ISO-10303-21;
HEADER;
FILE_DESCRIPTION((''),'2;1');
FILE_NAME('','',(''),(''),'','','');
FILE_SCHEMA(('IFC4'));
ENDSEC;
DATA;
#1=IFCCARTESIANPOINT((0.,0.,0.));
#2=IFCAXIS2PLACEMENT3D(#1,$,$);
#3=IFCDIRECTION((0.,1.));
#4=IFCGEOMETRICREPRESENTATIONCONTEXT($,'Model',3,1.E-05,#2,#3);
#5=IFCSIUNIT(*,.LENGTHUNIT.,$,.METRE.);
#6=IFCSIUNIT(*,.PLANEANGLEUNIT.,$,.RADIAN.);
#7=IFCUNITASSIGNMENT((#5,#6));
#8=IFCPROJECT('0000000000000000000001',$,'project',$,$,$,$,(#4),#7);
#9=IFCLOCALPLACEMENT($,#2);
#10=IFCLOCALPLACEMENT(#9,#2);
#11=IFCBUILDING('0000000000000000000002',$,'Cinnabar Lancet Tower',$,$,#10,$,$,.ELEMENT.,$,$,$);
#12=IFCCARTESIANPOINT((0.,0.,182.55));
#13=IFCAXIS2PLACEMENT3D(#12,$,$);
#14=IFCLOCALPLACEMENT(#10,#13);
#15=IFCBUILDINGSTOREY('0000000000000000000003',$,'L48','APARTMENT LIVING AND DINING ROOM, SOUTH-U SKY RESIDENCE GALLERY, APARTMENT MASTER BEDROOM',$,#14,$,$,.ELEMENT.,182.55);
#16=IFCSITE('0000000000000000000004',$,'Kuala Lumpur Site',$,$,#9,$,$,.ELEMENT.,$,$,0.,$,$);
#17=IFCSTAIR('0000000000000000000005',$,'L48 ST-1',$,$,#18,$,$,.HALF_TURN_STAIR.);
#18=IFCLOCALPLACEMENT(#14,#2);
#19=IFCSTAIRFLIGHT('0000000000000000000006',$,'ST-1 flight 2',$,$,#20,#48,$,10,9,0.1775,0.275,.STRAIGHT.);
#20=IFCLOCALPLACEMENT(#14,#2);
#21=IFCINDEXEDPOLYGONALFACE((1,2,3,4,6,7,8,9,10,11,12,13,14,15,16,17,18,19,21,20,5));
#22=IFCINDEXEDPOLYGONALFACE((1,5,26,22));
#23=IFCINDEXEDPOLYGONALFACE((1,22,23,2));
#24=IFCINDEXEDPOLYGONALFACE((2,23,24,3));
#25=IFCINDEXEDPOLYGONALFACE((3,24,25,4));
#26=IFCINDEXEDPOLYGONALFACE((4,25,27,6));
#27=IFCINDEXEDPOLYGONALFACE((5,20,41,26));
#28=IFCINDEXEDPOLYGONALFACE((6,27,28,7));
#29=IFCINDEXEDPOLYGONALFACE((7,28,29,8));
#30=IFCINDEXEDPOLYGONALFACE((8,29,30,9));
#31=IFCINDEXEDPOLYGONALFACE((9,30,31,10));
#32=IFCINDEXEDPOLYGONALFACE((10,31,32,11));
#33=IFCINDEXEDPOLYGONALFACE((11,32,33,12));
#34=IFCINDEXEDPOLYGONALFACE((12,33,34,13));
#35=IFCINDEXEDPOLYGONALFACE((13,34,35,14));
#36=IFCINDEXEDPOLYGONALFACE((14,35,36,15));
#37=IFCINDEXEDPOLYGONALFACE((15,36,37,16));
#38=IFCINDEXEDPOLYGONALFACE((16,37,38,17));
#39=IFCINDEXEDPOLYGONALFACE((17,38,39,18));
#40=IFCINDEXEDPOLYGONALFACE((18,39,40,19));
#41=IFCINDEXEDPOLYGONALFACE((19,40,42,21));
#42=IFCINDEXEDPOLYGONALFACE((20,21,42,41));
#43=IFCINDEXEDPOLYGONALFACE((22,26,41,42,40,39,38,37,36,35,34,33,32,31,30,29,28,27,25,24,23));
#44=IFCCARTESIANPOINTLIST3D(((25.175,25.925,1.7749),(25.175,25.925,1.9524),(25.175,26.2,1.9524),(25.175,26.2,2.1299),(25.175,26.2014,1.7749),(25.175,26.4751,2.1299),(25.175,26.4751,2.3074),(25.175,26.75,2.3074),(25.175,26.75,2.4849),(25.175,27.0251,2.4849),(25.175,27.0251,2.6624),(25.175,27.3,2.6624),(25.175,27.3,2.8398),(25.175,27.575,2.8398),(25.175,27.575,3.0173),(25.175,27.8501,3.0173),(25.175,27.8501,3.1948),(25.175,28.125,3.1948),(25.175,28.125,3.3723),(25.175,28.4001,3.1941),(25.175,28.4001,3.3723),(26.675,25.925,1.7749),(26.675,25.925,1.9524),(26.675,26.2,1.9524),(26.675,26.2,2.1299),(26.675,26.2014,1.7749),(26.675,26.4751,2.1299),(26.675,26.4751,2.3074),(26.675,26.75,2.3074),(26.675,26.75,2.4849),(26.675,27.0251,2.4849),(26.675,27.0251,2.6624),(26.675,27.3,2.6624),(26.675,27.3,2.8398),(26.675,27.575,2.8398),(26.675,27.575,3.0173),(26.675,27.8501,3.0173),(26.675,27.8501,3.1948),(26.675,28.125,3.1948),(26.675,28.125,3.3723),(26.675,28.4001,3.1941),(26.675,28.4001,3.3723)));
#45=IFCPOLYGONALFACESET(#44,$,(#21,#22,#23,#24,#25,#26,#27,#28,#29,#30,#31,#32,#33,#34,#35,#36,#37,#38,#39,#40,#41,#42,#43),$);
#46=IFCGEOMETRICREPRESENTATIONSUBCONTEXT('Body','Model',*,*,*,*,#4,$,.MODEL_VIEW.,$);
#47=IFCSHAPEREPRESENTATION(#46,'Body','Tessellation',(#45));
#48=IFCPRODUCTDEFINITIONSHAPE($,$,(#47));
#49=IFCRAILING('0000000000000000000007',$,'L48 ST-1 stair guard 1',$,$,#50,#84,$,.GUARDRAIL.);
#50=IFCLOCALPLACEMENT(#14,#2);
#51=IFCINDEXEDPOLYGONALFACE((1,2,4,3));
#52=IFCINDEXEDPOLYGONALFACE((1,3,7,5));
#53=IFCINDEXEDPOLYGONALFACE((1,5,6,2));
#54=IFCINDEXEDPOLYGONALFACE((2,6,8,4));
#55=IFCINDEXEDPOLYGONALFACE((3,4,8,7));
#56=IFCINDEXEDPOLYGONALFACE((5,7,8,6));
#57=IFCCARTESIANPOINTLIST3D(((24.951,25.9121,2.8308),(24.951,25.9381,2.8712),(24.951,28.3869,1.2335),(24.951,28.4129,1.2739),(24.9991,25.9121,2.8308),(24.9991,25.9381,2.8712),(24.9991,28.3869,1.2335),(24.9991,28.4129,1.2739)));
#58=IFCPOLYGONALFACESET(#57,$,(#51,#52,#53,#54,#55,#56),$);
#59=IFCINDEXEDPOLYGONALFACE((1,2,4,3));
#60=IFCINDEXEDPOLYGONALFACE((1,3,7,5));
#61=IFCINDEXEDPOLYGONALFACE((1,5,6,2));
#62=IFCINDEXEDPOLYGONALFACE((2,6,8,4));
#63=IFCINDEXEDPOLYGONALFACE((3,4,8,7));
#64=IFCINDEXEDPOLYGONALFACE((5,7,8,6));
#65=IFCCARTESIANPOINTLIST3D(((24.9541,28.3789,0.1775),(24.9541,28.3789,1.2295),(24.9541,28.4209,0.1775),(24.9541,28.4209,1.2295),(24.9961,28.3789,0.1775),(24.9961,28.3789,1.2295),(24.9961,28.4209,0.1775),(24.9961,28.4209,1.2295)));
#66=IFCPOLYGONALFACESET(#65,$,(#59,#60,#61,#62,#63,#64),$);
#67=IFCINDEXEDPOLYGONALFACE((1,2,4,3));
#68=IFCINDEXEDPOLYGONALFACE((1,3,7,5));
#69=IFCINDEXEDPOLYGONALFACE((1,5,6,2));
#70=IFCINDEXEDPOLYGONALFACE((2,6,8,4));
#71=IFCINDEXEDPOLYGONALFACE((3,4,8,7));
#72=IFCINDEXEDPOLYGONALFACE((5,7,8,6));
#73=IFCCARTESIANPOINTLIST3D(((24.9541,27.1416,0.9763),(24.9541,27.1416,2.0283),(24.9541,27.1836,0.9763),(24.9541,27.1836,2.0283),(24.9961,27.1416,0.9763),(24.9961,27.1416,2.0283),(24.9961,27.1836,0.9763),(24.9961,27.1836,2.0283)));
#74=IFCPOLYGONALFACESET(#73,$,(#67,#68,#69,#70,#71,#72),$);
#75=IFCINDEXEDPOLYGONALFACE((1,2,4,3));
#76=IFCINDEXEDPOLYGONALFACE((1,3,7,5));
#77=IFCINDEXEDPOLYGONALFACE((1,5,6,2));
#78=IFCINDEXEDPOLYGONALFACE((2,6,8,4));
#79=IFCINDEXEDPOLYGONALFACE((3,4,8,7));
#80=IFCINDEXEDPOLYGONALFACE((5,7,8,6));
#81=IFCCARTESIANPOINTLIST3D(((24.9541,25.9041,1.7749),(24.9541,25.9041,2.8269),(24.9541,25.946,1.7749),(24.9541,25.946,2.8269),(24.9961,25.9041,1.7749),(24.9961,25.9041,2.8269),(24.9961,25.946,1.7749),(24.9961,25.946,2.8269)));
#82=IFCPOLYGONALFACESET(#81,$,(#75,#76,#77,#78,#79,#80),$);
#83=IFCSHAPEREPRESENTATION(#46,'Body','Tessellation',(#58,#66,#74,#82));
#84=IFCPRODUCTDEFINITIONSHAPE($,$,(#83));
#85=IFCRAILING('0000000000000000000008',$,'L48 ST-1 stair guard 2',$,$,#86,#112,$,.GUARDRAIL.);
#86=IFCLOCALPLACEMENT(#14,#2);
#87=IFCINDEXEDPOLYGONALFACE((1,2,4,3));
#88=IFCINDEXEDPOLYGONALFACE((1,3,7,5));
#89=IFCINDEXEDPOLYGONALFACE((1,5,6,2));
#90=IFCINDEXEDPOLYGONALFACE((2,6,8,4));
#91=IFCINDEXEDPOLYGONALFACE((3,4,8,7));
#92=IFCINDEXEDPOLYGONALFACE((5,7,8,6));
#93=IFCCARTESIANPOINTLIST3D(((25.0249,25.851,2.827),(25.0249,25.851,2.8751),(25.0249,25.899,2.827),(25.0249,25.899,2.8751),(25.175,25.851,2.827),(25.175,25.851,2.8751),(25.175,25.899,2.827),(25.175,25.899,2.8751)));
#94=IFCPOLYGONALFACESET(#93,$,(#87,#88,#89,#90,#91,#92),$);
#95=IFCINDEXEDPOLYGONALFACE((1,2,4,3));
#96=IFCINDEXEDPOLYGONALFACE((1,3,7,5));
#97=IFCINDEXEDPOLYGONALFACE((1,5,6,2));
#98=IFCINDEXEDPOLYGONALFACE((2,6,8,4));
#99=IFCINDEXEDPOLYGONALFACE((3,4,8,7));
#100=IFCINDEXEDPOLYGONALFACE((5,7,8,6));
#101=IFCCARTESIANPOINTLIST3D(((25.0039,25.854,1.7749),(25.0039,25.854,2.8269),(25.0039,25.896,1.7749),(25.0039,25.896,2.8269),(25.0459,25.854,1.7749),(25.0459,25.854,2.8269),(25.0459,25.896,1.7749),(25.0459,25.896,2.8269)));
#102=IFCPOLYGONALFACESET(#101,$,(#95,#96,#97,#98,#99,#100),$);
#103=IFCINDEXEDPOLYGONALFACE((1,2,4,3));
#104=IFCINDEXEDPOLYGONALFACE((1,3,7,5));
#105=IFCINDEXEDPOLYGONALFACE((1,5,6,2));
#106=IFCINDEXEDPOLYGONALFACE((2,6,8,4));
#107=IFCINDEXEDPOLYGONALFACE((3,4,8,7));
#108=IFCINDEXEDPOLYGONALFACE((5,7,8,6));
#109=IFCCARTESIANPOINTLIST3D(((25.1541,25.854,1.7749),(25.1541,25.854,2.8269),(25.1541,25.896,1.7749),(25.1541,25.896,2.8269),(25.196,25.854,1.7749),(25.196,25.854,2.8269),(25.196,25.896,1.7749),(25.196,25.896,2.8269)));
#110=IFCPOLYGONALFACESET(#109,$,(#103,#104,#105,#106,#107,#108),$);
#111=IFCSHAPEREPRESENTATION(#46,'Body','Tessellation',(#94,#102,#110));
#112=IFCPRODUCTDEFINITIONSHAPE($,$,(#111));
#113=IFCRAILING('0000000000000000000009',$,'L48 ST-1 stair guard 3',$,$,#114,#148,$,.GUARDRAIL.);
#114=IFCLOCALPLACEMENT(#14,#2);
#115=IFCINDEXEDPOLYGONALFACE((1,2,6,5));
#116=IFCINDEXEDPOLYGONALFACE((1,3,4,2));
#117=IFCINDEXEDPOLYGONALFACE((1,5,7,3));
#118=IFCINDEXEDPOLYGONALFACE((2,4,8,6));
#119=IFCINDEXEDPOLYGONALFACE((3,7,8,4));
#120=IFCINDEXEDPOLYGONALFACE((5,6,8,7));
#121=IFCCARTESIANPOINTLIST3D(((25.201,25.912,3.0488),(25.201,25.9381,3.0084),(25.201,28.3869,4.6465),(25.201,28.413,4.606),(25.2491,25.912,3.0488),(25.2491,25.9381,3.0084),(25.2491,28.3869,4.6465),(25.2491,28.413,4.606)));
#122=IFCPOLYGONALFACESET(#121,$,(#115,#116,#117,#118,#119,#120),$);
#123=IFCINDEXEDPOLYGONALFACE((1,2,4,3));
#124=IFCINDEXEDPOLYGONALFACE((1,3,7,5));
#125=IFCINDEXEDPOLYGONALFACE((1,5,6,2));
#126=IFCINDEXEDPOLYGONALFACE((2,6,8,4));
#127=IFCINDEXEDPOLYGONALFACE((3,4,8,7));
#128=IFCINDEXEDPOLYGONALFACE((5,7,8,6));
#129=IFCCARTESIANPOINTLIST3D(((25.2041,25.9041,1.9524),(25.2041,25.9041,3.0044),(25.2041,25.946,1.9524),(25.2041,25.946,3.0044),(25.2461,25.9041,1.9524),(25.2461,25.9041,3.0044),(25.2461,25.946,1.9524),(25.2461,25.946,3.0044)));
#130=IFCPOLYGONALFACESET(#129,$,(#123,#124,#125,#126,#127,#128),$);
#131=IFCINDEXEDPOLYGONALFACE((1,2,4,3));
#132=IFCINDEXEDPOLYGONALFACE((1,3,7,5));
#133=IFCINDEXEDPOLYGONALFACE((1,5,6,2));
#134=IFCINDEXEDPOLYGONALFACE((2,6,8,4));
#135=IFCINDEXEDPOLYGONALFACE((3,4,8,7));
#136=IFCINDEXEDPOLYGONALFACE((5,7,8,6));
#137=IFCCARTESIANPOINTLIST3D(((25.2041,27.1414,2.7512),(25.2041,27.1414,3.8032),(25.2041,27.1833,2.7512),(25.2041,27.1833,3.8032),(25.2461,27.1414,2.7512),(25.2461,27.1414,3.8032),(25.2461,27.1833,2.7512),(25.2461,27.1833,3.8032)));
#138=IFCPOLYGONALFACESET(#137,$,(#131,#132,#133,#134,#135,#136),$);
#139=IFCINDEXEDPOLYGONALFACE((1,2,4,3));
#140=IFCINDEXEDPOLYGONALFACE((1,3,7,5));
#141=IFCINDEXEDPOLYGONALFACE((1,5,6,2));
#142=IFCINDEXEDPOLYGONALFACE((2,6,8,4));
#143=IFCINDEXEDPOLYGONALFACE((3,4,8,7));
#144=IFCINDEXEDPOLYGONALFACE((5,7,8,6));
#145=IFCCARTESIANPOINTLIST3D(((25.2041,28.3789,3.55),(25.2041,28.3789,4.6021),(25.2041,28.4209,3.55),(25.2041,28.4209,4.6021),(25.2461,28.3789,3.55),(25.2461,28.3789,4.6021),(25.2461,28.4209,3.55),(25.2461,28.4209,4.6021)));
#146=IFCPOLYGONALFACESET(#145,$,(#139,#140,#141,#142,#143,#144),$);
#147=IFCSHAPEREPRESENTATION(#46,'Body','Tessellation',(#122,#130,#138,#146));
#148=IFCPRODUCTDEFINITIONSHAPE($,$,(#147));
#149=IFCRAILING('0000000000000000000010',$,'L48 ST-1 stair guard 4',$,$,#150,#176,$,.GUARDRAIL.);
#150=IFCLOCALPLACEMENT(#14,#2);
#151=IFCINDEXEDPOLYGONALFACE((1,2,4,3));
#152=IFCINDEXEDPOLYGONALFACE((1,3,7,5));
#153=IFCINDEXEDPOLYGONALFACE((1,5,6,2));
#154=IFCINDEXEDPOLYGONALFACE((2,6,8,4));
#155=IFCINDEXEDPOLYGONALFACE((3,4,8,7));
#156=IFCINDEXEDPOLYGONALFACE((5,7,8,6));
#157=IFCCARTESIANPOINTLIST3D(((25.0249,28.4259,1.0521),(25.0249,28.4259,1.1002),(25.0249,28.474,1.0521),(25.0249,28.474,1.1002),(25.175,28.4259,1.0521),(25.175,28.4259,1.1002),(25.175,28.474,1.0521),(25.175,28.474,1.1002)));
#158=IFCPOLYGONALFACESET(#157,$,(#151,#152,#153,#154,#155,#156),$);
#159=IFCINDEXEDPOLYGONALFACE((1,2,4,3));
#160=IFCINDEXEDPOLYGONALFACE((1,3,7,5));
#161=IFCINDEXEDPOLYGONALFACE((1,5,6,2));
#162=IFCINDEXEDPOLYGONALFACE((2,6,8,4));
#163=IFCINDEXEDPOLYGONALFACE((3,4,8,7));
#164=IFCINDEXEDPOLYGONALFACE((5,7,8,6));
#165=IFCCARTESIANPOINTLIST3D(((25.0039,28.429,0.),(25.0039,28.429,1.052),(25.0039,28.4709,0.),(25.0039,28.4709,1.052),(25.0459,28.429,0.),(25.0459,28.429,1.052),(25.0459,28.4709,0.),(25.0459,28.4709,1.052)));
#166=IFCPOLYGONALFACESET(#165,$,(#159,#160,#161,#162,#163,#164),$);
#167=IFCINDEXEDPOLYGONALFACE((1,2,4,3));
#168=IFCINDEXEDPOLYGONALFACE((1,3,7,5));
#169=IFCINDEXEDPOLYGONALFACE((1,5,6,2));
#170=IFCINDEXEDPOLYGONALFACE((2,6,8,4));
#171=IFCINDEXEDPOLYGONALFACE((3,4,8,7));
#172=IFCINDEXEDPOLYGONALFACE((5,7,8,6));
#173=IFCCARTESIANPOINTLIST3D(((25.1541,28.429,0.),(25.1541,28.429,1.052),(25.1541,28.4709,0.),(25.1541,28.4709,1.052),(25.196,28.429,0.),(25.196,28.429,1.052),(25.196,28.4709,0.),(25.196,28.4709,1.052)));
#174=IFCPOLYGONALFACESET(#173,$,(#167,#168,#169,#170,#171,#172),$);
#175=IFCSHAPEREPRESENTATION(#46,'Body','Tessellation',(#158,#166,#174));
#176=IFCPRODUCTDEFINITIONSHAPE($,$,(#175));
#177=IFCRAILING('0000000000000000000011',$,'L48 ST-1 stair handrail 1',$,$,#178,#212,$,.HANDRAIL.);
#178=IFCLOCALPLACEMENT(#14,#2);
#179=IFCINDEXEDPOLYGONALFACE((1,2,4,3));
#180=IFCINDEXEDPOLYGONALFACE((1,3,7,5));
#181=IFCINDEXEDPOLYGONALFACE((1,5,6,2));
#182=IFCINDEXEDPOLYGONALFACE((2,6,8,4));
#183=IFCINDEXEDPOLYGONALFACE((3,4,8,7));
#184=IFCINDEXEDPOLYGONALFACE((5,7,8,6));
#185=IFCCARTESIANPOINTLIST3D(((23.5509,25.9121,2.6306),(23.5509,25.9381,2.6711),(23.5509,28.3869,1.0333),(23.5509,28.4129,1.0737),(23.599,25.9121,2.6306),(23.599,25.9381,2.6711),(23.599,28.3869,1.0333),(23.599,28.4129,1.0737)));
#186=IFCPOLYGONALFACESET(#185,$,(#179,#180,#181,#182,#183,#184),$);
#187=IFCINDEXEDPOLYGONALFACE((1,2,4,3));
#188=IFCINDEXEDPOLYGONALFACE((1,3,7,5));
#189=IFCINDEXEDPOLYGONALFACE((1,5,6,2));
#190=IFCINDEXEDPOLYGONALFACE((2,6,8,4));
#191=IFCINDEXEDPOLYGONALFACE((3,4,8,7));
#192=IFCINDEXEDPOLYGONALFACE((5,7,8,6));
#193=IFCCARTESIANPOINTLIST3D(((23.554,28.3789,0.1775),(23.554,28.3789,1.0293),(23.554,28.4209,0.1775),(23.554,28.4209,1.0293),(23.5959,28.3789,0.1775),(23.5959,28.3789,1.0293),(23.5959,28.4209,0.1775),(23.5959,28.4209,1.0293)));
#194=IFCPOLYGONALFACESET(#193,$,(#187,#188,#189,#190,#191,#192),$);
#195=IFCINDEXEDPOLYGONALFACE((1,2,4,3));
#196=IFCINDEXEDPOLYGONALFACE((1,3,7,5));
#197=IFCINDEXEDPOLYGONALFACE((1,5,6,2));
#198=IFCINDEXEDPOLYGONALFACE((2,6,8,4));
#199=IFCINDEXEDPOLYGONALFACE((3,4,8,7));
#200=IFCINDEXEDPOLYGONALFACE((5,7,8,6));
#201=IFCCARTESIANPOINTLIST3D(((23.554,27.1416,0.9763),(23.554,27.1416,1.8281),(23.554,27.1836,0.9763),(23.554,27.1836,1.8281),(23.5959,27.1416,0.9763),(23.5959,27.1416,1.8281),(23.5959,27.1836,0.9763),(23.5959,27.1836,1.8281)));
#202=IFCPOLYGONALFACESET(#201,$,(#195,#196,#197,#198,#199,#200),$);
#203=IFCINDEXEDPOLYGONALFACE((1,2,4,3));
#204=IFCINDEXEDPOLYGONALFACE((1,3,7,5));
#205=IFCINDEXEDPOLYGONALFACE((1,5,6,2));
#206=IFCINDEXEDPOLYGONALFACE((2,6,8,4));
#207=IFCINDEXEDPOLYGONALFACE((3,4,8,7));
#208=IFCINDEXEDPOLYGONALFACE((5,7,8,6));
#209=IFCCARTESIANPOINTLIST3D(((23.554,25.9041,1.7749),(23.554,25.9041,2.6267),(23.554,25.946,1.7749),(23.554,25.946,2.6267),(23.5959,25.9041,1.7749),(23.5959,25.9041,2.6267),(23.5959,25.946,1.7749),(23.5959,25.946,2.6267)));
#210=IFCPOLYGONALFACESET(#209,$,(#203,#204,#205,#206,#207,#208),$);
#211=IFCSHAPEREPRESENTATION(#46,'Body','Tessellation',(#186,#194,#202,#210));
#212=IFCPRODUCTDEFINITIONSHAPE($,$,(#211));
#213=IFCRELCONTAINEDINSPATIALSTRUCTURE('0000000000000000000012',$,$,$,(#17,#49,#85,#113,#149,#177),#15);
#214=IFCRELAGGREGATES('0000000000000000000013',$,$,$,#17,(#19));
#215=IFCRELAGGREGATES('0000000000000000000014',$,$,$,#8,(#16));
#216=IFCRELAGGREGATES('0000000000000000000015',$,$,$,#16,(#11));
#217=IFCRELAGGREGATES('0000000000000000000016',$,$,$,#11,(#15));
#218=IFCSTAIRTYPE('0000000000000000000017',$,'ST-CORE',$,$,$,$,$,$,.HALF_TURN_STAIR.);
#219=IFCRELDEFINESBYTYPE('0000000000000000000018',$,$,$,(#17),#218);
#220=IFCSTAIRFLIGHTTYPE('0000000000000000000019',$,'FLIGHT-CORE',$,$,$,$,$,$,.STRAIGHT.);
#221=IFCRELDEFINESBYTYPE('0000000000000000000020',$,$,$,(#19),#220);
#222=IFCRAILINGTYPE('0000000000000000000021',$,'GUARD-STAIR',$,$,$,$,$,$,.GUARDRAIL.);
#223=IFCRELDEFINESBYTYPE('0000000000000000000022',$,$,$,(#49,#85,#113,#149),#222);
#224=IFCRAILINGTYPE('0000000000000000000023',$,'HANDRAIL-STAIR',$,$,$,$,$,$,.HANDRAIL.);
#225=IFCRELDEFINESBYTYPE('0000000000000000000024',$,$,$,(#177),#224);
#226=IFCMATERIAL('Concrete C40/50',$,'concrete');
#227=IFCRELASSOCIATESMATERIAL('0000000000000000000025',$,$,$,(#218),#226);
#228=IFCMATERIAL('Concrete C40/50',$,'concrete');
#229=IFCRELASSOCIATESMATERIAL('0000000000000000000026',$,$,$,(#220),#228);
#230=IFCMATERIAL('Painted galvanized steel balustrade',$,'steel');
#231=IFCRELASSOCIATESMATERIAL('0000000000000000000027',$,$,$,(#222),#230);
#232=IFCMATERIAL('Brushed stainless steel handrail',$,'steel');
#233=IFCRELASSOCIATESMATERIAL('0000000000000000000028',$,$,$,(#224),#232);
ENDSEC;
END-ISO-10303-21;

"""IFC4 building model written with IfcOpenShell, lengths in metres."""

from ifc_helpers import new_model, si_unit, direction, frame, origin, origin_2d, place, context, subcontext, project, spatial, polyline, rectangle, outline, extrude, material, type_object, element, aggregate, save


model = new_model("IFC4")

# Units and contexts
model_context = context("Model", 3, precision=1e-05, world=origin(), true_north=direction((0.0, 1.0)))
body_context = subcontext(model_context, "Body", "Model", "MODEL_VIEW")
ifc_project = project(units=[si_unit("LENGTHUNIT", "METRE"), si_unit("PLANEANGLEUNIT", "RADIAN")], contexts=[model_context])

# Site, building, storey
site_placement = place(None, origin())
site = spatial("IfcSite", under=ifc_project, at=site_placement, Name="Kuala Lumpur Site", CompositionType="ELEMENT", RefElevation=0.0)
building_placement = place(site_placement, origin())
building = spatial("IfcBuilding", under=site, at=building_placement, Name="Cinnabar Lancet Tower", CompositionType="ELEMENT")
storey_placement = place(building_placement, frame((0.0, 0.0, 182.55)))
storey = spatial("IfcBuildingStorey", under=building, at=storey_placement, Name="L48", Description="APARTMENT LIVING AND DINING ROOM, SOUTH-U SKY RESIDENCE GALLERY, APARTMENT MASTER BEDROOM", CompositionType="ELEMENT", Elevation=182.55)

# Stair, stair flight
ifc_material_1 = material(Name="Concrete C40/50", Category="concrete")
stair_type = type_object("IfcStairType", Name="ST-CORE", PredefinedType="HALF_TURN_STAIR", material=ifc_material_1)
stair_placement = place(storey_placement, origin())
stair = element("IfcStair", 1, at=stair_placement, inside=storey, type_object=stair_type, Name="L48 ST-1", PredefinedType="HALF_TURN_STAIR")
ifc_material_2 = material(Name="Concrete C40/50", Category="concrete")
stair_flight_type = type_object("IfcStairFlightType", Name="FLIGHT-CORE", PredefinedType="STRAIGHT", material=ifc_material_2)
stair_flight_1_placement = place(storey_placement, frame((25.925, 25.925, 1.7749), z_axis=(0.0, 0.0, 1.0), x_axis=(0.0, 1.0, 0.0)))
stair_flight_1 = element("IfcStairFlight", 2, at=stair_flight_1_placement, type_object=stair_flight_type, Name="ST-1 flight 2", NumberOfRisers=10, NumberOfTreads=9, PredefinedType="STRAIGHT", RiserHeight=0.1775, TreadLength=0.275, context=body_context, shape_type="SweptSolid", body=[
    extrude(outline(polyline([(0.0, 0.0), (0.0, 0.1775), (0.2749, 0.1775), (0.2749, 0.355), (0.55, 0.355), (0.55, 0.5325), (0.825, 0.5325), (0.825, 0.71), (1.1001, 0.71), (1.1001, 0.8875), (1.375, 0.8875), (1.375, 1.0649), (1.6499, 1.0649), (1.6499, 1.2424), (1.925, 1.2424), (1.925, 1.4199), (2.2, 1.4199), (2.2, 1.5974), (2.4751, 1.5974), (2.4751, 1.7749), (2.4751, 1.4192), (0.2764, 0.0), (0.0, 0.0)])), frame((0.0, 0.75, 0.0), z_axis=(0.0, -1.0, 0.0), x_axis=(1.0, 0.0, 0.0)), (0.0, 0.0, 1.0), 1.5),
])
aggregate(stair, [stair_flight_1])

# Railings
ifc_material_3 = material(Name="Painted galvanized steel balustrade", Category="steel")
railing_type_1 = type_object("IfcRailingType", Name="GUARD-STAIR", PredefinedType="GUARDRAIL", material=ifc_material_3)
railing_1_placement = place(storey_placement, frame((24.9751, 28.3999, 0.1775)))
element("IfcRailing", 3, at=railing_1_placement, inside=storey, type_object=railing_type_1, Name="L48 ST-1 stair guard 1", PredefinedType="GUARDRAIL", context=body_context, shape_type="SweptSolid", body=[
    extrude(rectangle(XDim=0.0481, YDim=0.0481, at=origin_2d()), frame((0.0, 0.0, 1.0762), z_axis=(0.0, -0.840183, 0.542302), x_axis=(1.0, 0.0, 0.0)), (0.0, 0.0, 1.0), 2.9456),
    extrude(rectangle(XDim=0.042, YDim=0.042, at=origin_2d()), origin(), (0.0, 0.0, 1.0), 1.052),
    extrude(rectangle(XDim=0.042, YDim=0.042, at=origin_2d()), frame((0.0, -1.2373, 0.7988)), (0.0, 0.0, 1.0), 1.052),
    extrude(rectangle(XDim=0.042, YDim=0.042, at=origin_2d()), frame((0.0, -2.4749, 1.5974)), (0.0, 0.0, 1.0), 1.052),
])
railing_2_placement = place(storey_placement, frame((25.0249, 25.875, 1.7749)))
element("IfcRailing", 4, at=railing_2_placement, inside=storey, type_object=railing_type_1, Name="L48 ST-1 stair guard 2", PredefinedType="GUARDRAIL", context=body_context, shape_type="SweptSolid", body=[
    extrude(rectangle(XDim=0.0481, YDim=0.0481, at=origin_2d()), frame((0.0, 0.0, 1.0762), z_axis=(1.0, 0.0, 0.0), x_axis=(0.0, 1.0, 0.0)), (0.0, 0.0, 1.0), 0.1501),
    extrude(rectangle(XDim=0.042, YDim=0.042, at=origin_2d()), origin(), (0.0, 0.0, 1.0), 1.052),
    extrude(rectangle(XDim=0.042, YDim=0.042, at=origin_2d()), frame((0.1501, 0.0, 0.0)), (0.0, 0.0, 1.0), 1.052),
])
railing_3_placement = place(storey_placement, frame((25.2251, 25.925, 1.9524)))
element("IfcRailing", 5, at=railing_3_placement, inside=storey, type_object=railing_type_1, Name="L48 ST-1 stair guard 3", PredefinedType="GUARDRAIL", context=body_context, shape_type="SweptSolid", body=[
    extrude(rectangle(XDim=0.0481, YDim=0.0481, at=origin_2d()), frame((0.0, 0.0, 1.0762), z_axis=(0.0, 0.840146, 0.542361), x_axis=(-1.0, 0.0, 0.0)), (0.0, 0.0, 1.0), 2.9458),
    extrude(rectangle(XDim=0.042, YDim=0.042, at=origin_2d()), origin(), (0.0, 0.0, 1.0), 1.052),
    extrude(rectangle(XDim=0.042, YDim=0.042, at=origin_2d()), frame((0.0, 1.2373, 0.7988)), (0.0, 0.0, 1.0), 1.052),
    extrude(rectangle(XDim=0.042, YDim=0.042, at=origin_2d()), frame((0.0, 2.4749, 1.5977)), (0.0, 0.0, 1.0), 1.052),
])
railing_4_placement = place(storey_placement, frame((25.0249, 28.45, 0.0)))
element("IfcRailing", 6, at=railing_4_placement, inside=storey, type_object=railing_type_1, Name="L48 ST-1 stair guard 4", PredefinedType="GUARDRAIL", context=body_context, shape_type="SweptSolid", body=[
    extrude(rectangle(XDim=0.0481, YDim=0.0481, at=origin_2d()), frame((0.0, 0.0, 1.0762), z_axis=(1.0, 0.0, 0.0), x_axis=(0.0, 1.0, 0.0)), (0.0, 0.0, 1.0), 0.1501),
    extrude(rectangle(XDim=0.042, YDim=0.042, at=origin_2d()), origin(), (0.0, 0.0, 1.0), 1.052),
    extrude(rectangle(XDim=0.042, YDim=0.042, at=origin_2d()), frame((0.1501, 0.0, 0.0)), (0.0, 0.0, 1.0), 1.052),
])
ifc_material_4 = material(Name="Brushed stainless steel handrail", Category="steel")
railing_type_2 = type_object("IfcRailingType", Name="HANDRAIL-STAIR", PredefinedType="HANDRAIL", material=ifc_material_4)
railing_5_placement = place(storey_placement, frame((23.575, 28.3999, 0.1775)))
element("IfcRailing", 7, at=railing_5_placement, inside=storey, type_object=railing_type_2, Name="L48 ST-1 stair handrail 1", PredefinedType="HANDRAIL", context=body_context, shape_type="SweptSolid", body=[
    extrude(rectangle(XDim=0.0481, YDim=0.0481, at=origin_2d()), frame((0.0, 0.0, 0.876), z_axis=(0.0, -0.840183, 0.542302), x_axis=(1.0, 0.0, 0.0)), (0.0, 0.0, 1.0), 2.9456),
    extrude(rectangle(XDim=0.042, YDim=0.042, at=origin_2d()), origin(), (0.0, 0.0, 1.0), 0.8518),
    extrude(rectangle(XDim=0.042, YDim=0.042, at=origin_2d()), frame((0.0, -1.2373, 0.7988)), (0.0, 0.0, 1.0), 0.8518),
    extrude(rectangle(XDim=0.042, YDim=0.042, at=origin_2d()), frame((0.0, -2.4749, 1.5974)), (0.0, 0.0, 1.0), 0.8518),
])

save(model, "model.ifc")
